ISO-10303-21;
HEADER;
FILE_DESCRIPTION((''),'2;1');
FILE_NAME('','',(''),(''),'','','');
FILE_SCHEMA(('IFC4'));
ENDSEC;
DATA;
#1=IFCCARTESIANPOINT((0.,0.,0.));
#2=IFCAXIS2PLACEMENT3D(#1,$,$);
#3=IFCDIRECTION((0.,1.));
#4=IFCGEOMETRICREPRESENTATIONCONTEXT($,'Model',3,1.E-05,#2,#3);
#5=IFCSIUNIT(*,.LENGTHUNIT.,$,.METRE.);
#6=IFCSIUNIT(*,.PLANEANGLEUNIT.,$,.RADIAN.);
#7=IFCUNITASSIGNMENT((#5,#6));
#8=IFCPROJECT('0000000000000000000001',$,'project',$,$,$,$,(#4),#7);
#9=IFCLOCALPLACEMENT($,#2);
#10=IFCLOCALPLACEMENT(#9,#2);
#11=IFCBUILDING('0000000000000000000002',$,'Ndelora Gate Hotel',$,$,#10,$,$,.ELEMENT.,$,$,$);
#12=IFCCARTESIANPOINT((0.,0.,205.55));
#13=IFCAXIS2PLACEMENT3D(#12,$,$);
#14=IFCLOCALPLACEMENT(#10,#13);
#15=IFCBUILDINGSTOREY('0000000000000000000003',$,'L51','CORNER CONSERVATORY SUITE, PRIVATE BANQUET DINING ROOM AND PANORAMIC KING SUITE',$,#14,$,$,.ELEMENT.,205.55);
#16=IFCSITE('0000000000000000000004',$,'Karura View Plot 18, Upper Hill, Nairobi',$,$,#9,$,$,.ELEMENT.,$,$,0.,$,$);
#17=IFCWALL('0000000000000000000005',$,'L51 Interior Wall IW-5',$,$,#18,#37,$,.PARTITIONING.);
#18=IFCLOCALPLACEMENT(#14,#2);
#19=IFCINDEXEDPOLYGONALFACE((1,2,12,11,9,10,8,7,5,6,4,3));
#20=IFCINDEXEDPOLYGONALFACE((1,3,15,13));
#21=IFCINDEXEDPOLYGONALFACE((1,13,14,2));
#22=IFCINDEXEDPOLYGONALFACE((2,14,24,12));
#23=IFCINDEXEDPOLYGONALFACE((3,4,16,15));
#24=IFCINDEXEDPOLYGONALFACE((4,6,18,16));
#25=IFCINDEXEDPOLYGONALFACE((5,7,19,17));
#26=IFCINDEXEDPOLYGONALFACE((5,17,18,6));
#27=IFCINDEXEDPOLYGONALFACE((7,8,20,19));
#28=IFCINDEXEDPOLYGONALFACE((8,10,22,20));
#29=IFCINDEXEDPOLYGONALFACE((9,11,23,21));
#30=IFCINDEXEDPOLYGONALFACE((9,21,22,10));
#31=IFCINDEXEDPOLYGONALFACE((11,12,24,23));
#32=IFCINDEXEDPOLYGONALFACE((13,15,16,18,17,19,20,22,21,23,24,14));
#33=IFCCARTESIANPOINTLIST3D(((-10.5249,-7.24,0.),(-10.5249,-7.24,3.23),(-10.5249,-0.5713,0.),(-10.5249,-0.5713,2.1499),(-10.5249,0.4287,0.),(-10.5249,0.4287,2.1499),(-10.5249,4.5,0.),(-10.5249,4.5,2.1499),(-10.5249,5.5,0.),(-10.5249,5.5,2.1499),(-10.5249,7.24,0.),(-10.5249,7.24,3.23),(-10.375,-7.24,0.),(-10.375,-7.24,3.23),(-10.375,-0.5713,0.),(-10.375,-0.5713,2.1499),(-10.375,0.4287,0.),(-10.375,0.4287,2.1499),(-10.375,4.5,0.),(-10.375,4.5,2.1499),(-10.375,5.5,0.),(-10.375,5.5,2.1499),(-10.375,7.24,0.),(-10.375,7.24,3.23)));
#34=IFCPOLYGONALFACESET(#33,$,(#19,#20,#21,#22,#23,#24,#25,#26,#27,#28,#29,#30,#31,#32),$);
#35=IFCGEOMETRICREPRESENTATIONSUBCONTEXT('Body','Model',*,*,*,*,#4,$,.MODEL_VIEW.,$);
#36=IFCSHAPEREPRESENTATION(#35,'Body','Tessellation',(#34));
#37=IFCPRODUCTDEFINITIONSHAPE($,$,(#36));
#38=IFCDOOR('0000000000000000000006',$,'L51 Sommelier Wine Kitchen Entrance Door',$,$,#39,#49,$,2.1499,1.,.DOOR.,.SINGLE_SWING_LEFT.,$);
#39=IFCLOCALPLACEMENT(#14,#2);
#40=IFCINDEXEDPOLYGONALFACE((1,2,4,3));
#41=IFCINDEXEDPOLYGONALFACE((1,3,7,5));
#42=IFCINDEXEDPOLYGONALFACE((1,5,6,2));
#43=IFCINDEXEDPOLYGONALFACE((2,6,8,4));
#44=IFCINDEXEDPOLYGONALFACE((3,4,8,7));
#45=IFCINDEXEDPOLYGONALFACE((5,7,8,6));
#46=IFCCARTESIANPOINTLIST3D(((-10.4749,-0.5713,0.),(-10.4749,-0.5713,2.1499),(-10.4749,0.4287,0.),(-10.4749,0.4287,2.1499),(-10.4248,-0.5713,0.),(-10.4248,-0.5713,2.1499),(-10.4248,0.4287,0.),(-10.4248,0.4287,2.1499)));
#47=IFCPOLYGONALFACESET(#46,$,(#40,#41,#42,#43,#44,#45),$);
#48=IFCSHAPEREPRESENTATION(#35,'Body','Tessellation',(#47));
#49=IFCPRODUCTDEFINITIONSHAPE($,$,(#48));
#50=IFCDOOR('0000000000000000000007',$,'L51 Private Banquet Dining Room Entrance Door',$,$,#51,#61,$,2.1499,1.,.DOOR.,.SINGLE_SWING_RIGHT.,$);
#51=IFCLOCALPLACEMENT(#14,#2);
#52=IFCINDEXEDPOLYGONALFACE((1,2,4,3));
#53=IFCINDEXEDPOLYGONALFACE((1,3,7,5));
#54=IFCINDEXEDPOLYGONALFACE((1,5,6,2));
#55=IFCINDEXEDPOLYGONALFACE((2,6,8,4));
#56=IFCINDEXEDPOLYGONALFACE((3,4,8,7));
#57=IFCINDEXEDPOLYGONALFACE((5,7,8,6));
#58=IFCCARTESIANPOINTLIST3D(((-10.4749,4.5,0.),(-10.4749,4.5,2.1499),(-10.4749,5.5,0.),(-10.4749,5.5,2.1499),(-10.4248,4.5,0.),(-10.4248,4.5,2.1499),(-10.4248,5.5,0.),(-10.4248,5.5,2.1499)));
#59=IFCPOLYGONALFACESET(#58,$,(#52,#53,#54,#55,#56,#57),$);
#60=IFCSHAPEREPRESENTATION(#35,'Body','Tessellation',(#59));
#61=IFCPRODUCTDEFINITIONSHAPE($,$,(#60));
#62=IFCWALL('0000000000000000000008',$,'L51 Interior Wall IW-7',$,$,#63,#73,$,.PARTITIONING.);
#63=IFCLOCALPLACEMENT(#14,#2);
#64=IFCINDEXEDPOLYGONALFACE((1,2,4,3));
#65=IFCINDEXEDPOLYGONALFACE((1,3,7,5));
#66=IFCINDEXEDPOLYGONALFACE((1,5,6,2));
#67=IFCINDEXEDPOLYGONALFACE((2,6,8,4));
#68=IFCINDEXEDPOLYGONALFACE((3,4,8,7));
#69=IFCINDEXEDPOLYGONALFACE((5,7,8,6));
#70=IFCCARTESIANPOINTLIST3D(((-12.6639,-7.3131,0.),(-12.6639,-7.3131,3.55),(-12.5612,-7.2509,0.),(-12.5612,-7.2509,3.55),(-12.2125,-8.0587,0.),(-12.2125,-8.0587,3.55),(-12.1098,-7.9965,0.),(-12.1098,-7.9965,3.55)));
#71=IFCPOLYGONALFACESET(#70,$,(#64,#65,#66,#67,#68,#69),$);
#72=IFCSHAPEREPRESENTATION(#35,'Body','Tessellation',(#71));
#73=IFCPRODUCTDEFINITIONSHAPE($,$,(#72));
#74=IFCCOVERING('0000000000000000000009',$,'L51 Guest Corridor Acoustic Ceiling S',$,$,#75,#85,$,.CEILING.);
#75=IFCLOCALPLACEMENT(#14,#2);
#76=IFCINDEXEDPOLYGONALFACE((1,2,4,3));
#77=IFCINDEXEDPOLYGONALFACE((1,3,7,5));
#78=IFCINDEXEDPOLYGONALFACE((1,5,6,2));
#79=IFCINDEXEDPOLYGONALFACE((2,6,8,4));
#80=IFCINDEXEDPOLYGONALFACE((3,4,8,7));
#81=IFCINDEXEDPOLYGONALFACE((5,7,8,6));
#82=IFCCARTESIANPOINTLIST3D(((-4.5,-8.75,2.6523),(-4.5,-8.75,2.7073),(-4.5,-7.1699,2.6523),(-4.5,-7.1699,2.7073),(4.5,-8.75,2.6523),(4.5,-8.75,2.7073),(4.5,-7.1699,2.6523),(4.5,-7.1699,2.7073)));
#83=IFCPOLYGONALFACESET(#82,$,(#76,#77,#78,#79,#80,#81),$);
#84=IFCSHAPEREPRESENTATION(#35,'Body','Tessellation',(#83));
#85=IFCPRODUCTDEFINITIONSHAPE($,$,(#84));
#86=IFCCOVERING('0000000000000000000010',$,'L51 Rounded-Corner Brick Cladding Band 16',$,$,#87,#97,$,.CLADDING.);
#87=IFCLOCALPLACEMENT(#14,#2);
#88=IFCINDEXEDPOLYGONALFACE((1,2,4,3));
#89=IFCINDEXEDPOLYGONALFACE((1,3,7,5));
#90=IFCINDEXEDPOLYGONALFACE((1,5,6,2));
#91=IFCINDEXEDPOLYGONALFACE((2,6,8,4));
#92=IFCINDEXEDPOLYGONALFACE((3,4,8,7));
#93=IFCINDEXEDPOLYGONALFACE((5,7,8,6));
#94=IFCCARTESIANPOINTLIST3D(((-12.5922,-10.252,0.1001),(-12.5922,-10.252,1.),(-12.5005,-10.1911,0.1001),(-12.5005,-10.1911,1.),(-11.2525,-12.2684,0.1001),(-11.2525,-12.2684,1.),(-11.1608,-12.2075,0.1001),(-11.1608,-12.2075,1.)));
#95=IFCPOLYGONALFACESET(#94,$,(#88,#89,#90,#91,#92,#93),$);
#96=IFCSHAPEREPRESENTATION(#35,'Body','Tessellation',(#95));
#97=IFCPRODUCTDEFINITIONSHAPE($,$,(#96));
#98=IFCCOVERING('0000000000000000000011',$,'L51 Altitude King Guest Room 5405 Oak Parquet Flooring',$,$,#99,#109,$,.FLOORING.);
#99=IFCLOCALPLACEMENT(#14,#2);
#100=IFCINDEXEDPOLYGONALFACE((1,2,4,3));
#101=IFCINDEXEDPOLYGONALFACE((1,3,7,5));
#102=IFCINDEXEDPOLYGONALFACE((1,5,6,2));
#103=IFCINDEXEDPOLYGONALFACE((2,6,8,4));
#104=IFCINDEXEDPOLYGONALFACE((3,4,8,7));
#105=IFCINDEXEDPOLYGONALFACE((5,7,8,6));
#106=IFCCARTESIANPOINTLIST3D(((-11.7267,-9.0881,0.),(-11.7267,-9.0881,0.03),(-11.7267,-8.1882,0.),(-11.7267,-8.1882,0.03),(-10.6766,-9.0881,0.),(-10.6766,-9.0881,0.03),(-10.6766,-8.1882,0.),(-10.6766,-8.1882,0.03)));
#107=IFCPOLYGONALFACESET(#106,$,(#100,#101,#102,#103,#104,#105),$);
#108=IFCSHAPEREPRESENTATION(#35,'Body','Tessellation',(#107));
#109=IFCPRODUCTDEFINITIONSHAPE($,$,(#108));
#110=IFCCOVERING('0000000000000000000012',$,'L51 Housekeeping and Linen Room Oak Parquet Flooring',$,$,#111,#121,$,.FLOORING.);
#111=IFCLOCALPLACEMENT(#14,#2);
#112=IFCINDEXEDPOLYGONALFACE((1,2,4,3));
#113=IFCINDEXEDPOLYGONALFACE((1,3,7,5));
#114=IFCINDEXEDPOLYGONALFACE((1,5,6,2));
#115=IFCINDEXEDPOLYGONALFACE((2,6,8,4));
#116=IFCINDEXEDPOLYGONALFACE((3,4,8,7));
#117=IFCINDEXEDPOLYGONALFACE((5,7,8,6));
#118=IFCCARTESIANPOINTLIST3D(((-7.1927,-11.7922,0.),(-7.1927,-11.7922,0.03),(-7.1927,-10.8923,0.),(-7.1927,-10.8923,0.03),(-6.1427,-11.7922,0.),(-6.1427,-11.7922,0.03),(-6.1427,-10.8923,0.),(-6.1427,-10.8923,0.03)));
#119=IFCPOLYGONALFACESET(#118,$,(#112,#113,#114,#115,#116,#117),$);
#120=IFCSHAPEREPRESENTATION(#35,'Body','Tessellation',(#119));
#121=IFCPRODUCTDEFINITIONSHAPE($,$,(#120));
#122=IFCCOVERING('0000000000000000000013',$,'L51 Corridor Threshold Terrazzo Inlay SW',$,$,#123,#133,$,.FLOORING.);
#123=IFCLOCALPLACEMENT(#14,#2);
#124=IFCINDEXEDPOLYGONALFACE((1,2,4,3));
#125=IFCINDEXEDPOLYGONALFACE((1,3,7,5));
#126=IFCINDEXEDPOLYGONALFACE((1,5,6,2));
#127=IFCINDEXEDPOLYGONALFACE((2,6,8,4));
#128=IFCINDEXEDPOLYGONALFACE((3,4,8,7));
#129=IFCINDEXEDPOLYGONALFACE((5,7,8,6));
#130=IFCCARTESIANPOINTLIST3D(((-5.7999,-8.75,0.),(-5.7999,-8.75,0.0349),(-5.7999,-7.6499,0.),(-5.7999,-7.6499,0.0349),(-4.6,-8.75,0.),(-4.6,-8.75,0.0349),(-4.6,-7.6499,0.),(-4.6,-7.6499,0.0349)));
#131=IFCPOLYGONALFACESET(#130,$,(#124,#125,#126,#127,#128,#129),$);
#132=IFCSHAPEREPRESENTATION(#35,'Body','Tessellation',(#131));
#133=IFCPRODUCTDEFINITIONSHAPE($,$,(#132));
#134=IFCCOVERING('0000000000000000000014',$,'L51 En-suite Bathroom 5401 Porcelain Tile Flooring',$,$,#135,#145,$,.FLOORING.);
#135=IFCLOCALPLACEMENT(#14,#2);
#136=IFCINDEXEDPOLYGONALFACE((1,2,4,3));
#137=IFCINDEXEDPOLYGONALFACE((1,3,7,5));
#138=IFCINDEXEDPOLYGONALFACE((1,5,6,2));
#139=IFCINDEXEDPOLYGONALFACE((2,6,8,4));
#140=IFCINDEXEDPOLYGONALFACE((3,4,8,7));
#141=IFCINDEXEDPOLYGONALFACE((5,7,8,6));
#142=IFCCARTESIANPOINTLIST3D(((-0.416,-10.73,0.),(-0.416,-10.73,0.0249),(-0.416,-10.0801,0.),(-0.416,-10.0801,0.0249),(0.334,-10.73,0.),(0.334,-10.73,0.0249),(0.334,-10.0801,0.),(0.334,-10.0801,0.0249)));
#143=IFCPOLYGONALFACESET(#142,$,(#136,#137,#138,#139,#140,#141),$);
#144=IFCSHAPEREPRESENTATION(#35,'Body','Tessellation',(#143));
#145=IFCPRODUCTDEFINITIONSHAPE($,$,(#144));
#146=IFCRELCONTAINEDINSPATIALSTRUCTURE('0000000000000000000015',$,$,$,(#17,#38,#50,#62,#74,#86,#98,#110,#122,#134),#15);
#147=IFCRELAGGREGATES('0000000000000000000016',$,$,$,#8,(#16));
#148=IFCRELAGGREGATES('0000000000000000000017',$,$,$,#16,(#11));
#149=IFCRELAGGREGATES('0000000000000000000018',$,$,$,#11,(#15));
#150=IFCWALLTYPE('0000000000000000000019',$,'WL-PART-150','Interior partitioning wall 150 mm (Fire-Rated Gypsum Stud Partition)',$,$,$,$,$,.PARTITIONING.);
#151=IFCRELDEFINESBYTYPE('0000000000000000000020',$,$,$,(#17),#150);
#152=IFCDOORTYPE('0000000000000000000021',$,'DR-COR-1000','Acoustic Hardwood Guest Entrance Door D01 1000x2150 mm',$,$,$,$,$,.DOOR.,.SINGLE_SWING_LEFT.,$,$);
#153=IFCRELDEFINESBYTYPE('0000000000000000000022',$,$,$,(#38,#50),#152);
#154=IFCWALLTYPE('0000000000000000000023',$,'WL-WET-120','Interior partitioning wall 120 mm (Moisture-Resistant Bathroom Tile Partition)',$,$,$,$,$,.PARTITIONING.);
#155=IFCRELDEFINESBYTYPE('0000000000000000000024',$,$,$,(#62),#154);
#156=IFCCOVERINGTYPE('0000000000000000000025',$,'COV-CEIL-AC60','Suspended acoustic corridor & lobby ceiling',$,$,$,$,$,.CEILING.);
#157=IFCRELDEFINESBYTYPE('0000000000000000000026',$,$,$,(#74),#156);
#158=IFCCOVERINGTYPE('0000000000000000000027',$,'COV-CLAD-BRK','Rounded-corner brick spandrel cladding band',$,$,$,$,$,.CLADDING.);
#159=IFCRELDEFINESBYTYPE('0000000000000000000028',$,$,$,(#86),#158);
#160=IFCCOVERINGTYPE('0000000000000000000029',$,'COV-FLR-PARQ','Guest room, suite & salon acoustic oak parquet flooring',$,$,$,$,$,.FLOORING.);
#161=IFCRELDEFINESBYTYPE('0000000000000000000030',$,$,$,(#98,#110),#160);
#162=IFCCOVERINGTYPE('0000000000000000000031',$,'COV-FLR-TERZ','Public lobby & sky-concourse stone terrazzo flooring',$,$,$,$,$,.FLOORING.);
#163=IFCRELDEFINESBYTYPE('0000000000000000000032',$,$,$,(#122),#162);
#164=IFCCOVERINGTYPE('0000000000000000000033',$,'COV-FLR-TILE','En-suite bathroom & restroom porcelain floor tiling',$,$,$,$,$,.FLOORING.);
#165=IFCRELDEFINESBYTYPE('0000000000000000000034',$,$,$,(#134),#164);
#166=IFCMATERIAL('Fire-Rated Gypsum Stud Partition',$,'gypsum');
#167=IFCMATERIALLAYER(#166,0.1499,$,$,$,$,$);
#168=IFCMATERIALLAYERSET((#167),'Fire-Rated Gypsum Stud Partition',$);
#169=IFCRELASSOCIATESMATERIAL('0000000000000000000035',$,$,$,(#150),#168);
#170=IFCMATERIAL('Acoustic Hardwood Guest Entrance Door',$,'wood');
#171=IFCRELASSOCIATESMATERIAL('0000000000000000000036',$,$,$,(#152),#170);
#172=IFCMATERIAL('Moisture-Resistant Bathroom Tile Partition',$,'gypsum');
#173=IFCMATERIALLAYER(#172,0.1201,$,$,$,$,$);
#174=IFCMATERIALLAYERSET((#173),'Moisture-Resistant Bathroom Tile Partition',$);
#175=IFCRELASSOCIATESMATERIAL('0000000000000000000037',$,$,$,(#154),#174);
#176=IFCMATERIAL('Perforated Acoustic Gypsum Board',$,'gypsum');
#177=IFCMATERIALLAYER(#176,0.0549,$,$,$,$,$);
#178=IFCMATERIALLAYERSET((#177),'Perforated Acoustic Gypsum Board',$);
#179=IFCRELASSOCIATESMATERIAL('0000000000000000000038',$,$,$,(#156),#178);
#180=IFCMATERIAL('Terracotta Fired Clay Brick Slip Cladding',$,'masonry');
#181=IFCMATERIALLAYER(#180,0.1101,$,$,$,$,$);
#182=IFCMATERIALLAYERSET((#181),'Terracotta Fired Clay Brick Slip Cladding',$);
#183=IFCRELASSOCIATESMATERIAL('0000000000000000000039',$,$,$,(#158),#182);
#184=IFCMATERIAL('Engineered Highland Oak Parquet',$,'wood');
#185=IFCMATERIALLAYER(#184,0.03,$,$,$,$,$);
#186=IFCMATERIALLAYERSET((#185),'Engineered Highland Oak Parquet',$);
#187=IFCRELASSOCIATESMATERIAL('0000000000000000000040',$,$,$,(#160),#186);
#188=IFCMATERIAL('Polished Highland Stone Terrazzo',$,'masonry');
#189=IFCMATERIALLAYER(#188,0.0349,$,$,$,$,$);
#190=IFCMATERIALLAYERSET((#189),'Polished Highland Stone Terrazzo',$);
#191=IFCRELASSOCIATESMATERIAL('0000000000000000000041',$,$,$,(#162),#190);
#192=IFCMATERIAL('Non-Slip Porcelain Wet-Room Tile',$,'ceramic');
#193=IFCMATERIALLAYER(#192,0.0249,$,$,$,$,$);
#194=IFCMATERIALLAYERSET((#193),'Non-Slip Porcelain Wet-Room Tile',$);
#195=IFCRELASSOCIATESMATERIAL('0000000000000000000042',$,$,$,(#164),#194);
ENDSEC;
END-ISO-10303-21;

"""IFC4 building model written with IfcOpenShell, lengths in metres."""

from ifc_helpers import new_model, si_unit, direction, frame, frame_2d, origin, origin_2d, place, context, subcontext, project, spatial, rectangle, extrude, material, layer, layer_set, type_object, element, fill, save


model = new_model("IFC4")

# Units and contexts
model_context = context("Model", 3, precision=1e-05, world=origin(), true_north=direction((0.0, 1.0)))
body_context = subcontext(model_context, "Body", "Model", "MODEL_VIEW")
ifc_project = project(units=[si_unit("LENGTHUNIT", "METRE"), si_unit("PLANEANGLEUNIT", "RADIAN")], contexts=[model_context])

# Site, building, storey
site_placement = place(None, origin())
site = spatial("IfcSite", under=ifc_project, at=site_placement, Name="Karura View Plot 18, Upper Hill, Nairobi", CompositionType="ELEMENT", RefElevation=0.0)
building_placement = place(site_placement, origin())
building = spatial("IfcBuilding", under=site, at=building_placement, Name="Ndelora Gate Hotel", CompositionType="ELEMENT")
storey_placement = place(building_placement, frame((0.0, 0.0, 205.55)))
storey = spatial("IfcBuildingStorey", under=building, at=storey_placement, Name="L51", Description="CORNER CONSERVATORY SUITE, PRIVATE BANQUET DINING ROOM AND PANORAMIC KING SUITE", CompositionType="ELEMENT", Elevation=205.55)

# Wall, openings, doors
ifc_material_1 = material(Name="Fire-Rated Gypsum Stud Partition", Category="gypsum")
ifc_layer_1 = layer(ifc_material_1, 0.1499)
ifc_layer_set_1 = layer_set([ifc_layer_1], Name="Fire-Rated Gypsum Stud Partition")
wall_type_1 = type_object("IfcWallType", Name="WL-PART-150", Description="Interior partitioning wall 150 mm (Fire-Rated Gypsum Stud Partition)", PredefinedType="PARTITIONING", material=ifc_layer_set_1)
wall_1_placement = place(storey_placement, frame((-10.45, -7.24, 0.0), z_axis=(0.0, 0.0, 1.0), x_axis=(0.0, 1.0, 0.0)))
wall_1 = element("IfcWall", 1, at=wall_1_placement, inside=storey, type_object=wall_type_1, Name="L51 Interior Wall IW-5", PredefinedType="PARTITIONING", context=body_context, shape_type="SweptSolid", body=[
    extrude(rectangle(XDim=14.48, YDim=0.1499, at=frame_2d((7.24, 0.0))), origin(), (0.0, 0.0, 1.0), 3.23),
])
opening_1_placement = place(wall_1_placement, frame((6.6687, 0.0, 0.0)))
opening_1 = element("IfcOpeningElement", 2, at=opening_1_placement, cuts=wall_1, PredefinedType="OPENING", context=body_context, shape_type="SweptSolid", body=[
    extrude(rectangle(XDim=1.0, YDim=2.1499, at=frame_2d((0.5, 1.075))), frame((0.0, 0.085, 0.0), z_axis=(0.0, -1.0, 0.0), x_axis=(1.0, 0.0, 0.0)), (0.0, 0.0, 1.0), 0.1699),
])
opening_2_placement = place(wall_1_placement, frame((11.74, 0.0, 0.0)))
opening_2 = element("IfcOpeningElement", 3, at=opening_2_placement, cuts=wall_1, PredefinedType="OPENING", context=body_context, shape_type="SweptSolid", body=[
    extrude(rectangle(XDim=1.0, YDim=2.1499, at=frame_2d((0.5, 1.075))), frame((0.0, 0.085, 0.0), z_axis=(0.0, -1.0, 0.0), x_axis=(1.0, 0.0, 0.0)), (0.0, 0.0, 1.0), 0.1699),
])
ifc_material_2 = material(Name="Acoustic Hardwood Guest Entrance Door", Category="wood")
door_type = type_object("IfcDoorType", Name="DR-COR-1000", Description="Acoustic Hardwood Guest Entrance Door D01 1000x2150 mm", OperationType="SINGLE_SWING_LEFT", PredefinedType="DOOR", material=ifc_material_2)
door_1_placement = place(opening_1_placement, origin())
door_1 = element("IfcDoor", 4, at=door_1_placement, inside=storey, type_object=door_type, Name="L51 Sommelier Wine Kitchen Entrance Door", OperationType="SINGLE_SWING_LEFT", OverallHeight=2.1499, OverallWidth=1.0, PredefinedType="DOOR", context=body_context, shape_type="SweptSolid", body=[
    extrude(rectangle(XDim=1.0, YDim=2.1499, at=frame_2d((0.5, 1.075))), frame((0.0, 0.0249, 0.0), z_axis=(0.0, -1.0, 0.0), x_axis=(1.0, 0.0, 0.0)), (0.0, 0.0, 1.0), 0.05),
])
fill(opening_1, door_1)
door_2_placement = place(opening_2_placement, origin())
door_2 = element("IfcDoor", 5, at=door_2_placement, inside=storey, type_object=door_type, Name="L51 Private Banquet Dining Room Entrance Door", OperationType="SINGLE_SWING_RIGHT", OverallHeight=2.1499, OverallWidth=1.0, PredefinedType="DOOR", context=body_context, shape_type="SweptSolid", body=[
    extrude(rectangle(XDim=1.0, YDim=2.1499, at=frame_2d((0.5, 1.075))), frame((0.0, 0.0249, 0.0), z_axis=(0.0, -1.0, 0.0), x_axis=(1.0, 0.0, 0.0)), (0.0, 0.0, 1.0), 0.05),
])
fill(opening_2, door_2)

# Wall
ifc_material_3 = material(Name="Moisture-Resistant Bathroom Tile Partition", Category="gypsum")
ifc_layer_2 = layer(ifc_material_3, 0.1201)
ifc_layer_set_2 = layer_set([ifc_layer_2], Name="Moisture-Resistant Bathroom Tile Partition")
wall_type_2 = type_object("IfcWallType", Name="WL-WET-120", Description="Interior partitioning wall 120 mm (Moisture-Resistant Bathroom Tile Partition)", PredefinedType="PARTITIONING", material=ifc_layer_set_2)
wall_2_placement = place(storey_placement, frame((-12.6125, -7.282, 0.0), z_axis=(0.0, 0.0, 1.0), x_axis=(0.517911, -0.855435, 0.0)))
element("IfcWall", 6, at=wall_2_placement, inside=storey, type_object=wall_type_2, Name="L51 Interior Wall IW-7", PredefinedType="PARTITIONING", context=body_context, shape_type="SweptSolid", body=[
    extrude(rectangle(XDim=0.8716, YDim=0.1201, at=frame_2d((0.4358, 0.0))), origin(), (0.0, 0.0, 1.0), 3.55),
])

# Coverings
ifc_material_4 = material(Name="Perforated Acoustic Gypsum Board", Category="gypsum")
ifc_layer_3 = layer(ifc_material_4, 0.0549)
ifc_layer_set_3 = layer_set([ifc_layer_3], Name="Perforated Acoustic Gypsum Board")
covering_type_1 = type_object("IfcCoveringType", Name="COV-CEIL-AC60", Description="Suspended acoustic corridor & lobby ceiling", PredefinedType="CEILING", material=ifc_layer_set_3)
covering_1_placement = place(storey_placement, frame((0.0, -7.96, 2.6523), z_axis=(0.0, 0.0, 1.0), x_axis=(1.0, 0.0, 0.0)))
element("IfcCovering", 7, at=covering_1_placement, inside=storey, type_object=covering_type_1, Name="L51 Guest Corridor Acoustic Ceiling S", PredefinedType="CEILING", context=body_context, shape_type="SweptSolid", body=[
    extrude(rectangle(XDim=9.0, YDim=1.5801, at=origin_2d()), origin(), (0.0, 0.0, 1.0), 0.0549),
])
ifc_material_5 = material(Name="Terracotta Fired Clay Brick Slip Cladding", Category="masonry")
ifc_layer_4 = layer(ifc_material_5, 0.1101)
ifc_layer_set_4 = layer_set([ifc_layer_4], Name="Terracotta Fired Clay Brick Slip Cladding")
covering_type_2 = type_object("IfcCoveringType", Name="COV-CLAD-BRK", Description="Rounded-corner brick spandrel cladding band", PredefinedType="CLADDING", material=ifc_layer_set_4)
covering_2_placement = place(storey_placement, frame((-11.8765, -11.2297, 0.1001), z_axis=(0.0, 0.0, 1.0), x_axis=(-0.553392, 0.832921, 0.0)))
element("IfcCovering", 8, at=covering_2_placement, inside=storey, type_object=covering_type_2, Name="L51 Rounded-Corner Brick Cladding Band 16", PredefinedType="CLADDING", context=body_context, shape_type="SweptSolid", body=[
    extrude(rectangle(XDim=2.4209, YDim=0.1101, at=origin_2d()), origin(), (0.0, 0.0, 1.0), 0.8999),
])
ifc_material_6 = material(Name="Engineered Highland Oak Parquet", Category="wood")
ifc_layer_5 = layer(ifc_material_6, 0.03)
ifc_layer_set_5 = layer_set([ifc_layer_5], Name="Engineered Highland Oak Parquet")
covering_type_3 = type_object("IfcCoveringType", Name="COV-FLR-PARQ", Description="Guest room, suite & salon acoustic oak parquet flooring", PredefinedType="FLOORING", material=ifc_layer_set_5)
for number, where, z_axis, x_axis, name in (
    (9, (-11.2017, -8.6382, 0.0), (0.0, 0.0, 1.0), (1.0, 0.0, 0.0), "L51 Altitude King Guest Room 5405 Oak Parquet Flooring"),
    (10, (-6.6677, -11.3423, 0.0), (0.0, 0.0, 1.0), (1.0, 0.0, 0.0), "L51 Housekeeping and Linen Room Oak Parquet Flooring"),
):
    element("IfcCovering", number, at=place(storey_placement, frame(where, z_axis=z_axis, x_axis=x_axis)), inside=storey, type_object=covering_type_3, Name=name, PredefinedType="FLOORING", context=body_context, shape_type="SweptSolid", body=[
        extrude(rectangle(XDim=1.05, YDim=0.8999, at=origin_2d()), origin(), (0.0, 0.0, 1.0), 0.03),
    ])
ifc_material_7 = material(Name="Polished Highland Stone Terrazzo", Category="masonry")
ifc_layer_6 = layer(ifc_material_7, 0.0349)
ifc_layer_set_6 = layer_set([ifc_layer_6], Name="Polished Highland Stone Terrazzo")
covering_type_4 = type_object("IfcCoveringType", Name="COV-FLR-TERZ", Description="Public lobby & sky-concourse stone terrazzo flooring", PredefinedType="FLOORING", material=ifc_layer_set_6)
covering_3_placement = place(storey_placement, frame((-5.2, -8.2, 0.0), z_axis=(0.0, 0.0, 1.0), x_axis=(1.0, 0.0, 0.0)))
element("IfcCovering", 11, at=covering_3_placement, inside=storey, type_object=covering_type_4, Name="L51 Corridor Threshold Terrazzo Inlay SW", PredefinedType="FLOORING", context=body_context, shape_type="SweptSolid", body=[
    extrude(rectangle(XDim=1.2, YDim=1.1001, at=origin_2d()), origin(), (0.0, 0.0, 1.0), 0.0349),
])
ifc_material_8 = material(Name="Non-Slip Porcelain Wet-Room Tile", Category="ceramic")
ifc_layer_7 = layer(ifc_material_8, 0.0249)
ifc_layer_set_7 = layer_set([ifc_layer_7], Name="Non-Slip Porcelain Wet-Room Tile")
covering_type_5 = type_object("IfcCoveringType", Name="COV-FLR-TILE", Description="En-suite bathroom & restroom porcelain floor tiling", PredefinedType="FLOORING", material=ifc_layer_set_7)
covering_4_placement = place(storey_placement, frame((-0.041, -10.405, 0.0), z_axis=(0.0, 0.0, 1.0), x_axis=(1.0, 0.0, 0.0)))
element("IfcCovering", 12, at=covering_4_placement, inside=storey, type_object=covering_type_5, Name="L51 En-suite Bathroom 5401 Porcelain Tile Flooring", PredefinedType="FLOORING", context=body_context, shape_type="SweptSolid", body=[
    extrude(rectangle(XDim=0.75, YDim=0.6499, at=origin_2d()), origin(), (0.0, 0.0, 1.0), 0.0249),
])

save(model, "model.ifc")
